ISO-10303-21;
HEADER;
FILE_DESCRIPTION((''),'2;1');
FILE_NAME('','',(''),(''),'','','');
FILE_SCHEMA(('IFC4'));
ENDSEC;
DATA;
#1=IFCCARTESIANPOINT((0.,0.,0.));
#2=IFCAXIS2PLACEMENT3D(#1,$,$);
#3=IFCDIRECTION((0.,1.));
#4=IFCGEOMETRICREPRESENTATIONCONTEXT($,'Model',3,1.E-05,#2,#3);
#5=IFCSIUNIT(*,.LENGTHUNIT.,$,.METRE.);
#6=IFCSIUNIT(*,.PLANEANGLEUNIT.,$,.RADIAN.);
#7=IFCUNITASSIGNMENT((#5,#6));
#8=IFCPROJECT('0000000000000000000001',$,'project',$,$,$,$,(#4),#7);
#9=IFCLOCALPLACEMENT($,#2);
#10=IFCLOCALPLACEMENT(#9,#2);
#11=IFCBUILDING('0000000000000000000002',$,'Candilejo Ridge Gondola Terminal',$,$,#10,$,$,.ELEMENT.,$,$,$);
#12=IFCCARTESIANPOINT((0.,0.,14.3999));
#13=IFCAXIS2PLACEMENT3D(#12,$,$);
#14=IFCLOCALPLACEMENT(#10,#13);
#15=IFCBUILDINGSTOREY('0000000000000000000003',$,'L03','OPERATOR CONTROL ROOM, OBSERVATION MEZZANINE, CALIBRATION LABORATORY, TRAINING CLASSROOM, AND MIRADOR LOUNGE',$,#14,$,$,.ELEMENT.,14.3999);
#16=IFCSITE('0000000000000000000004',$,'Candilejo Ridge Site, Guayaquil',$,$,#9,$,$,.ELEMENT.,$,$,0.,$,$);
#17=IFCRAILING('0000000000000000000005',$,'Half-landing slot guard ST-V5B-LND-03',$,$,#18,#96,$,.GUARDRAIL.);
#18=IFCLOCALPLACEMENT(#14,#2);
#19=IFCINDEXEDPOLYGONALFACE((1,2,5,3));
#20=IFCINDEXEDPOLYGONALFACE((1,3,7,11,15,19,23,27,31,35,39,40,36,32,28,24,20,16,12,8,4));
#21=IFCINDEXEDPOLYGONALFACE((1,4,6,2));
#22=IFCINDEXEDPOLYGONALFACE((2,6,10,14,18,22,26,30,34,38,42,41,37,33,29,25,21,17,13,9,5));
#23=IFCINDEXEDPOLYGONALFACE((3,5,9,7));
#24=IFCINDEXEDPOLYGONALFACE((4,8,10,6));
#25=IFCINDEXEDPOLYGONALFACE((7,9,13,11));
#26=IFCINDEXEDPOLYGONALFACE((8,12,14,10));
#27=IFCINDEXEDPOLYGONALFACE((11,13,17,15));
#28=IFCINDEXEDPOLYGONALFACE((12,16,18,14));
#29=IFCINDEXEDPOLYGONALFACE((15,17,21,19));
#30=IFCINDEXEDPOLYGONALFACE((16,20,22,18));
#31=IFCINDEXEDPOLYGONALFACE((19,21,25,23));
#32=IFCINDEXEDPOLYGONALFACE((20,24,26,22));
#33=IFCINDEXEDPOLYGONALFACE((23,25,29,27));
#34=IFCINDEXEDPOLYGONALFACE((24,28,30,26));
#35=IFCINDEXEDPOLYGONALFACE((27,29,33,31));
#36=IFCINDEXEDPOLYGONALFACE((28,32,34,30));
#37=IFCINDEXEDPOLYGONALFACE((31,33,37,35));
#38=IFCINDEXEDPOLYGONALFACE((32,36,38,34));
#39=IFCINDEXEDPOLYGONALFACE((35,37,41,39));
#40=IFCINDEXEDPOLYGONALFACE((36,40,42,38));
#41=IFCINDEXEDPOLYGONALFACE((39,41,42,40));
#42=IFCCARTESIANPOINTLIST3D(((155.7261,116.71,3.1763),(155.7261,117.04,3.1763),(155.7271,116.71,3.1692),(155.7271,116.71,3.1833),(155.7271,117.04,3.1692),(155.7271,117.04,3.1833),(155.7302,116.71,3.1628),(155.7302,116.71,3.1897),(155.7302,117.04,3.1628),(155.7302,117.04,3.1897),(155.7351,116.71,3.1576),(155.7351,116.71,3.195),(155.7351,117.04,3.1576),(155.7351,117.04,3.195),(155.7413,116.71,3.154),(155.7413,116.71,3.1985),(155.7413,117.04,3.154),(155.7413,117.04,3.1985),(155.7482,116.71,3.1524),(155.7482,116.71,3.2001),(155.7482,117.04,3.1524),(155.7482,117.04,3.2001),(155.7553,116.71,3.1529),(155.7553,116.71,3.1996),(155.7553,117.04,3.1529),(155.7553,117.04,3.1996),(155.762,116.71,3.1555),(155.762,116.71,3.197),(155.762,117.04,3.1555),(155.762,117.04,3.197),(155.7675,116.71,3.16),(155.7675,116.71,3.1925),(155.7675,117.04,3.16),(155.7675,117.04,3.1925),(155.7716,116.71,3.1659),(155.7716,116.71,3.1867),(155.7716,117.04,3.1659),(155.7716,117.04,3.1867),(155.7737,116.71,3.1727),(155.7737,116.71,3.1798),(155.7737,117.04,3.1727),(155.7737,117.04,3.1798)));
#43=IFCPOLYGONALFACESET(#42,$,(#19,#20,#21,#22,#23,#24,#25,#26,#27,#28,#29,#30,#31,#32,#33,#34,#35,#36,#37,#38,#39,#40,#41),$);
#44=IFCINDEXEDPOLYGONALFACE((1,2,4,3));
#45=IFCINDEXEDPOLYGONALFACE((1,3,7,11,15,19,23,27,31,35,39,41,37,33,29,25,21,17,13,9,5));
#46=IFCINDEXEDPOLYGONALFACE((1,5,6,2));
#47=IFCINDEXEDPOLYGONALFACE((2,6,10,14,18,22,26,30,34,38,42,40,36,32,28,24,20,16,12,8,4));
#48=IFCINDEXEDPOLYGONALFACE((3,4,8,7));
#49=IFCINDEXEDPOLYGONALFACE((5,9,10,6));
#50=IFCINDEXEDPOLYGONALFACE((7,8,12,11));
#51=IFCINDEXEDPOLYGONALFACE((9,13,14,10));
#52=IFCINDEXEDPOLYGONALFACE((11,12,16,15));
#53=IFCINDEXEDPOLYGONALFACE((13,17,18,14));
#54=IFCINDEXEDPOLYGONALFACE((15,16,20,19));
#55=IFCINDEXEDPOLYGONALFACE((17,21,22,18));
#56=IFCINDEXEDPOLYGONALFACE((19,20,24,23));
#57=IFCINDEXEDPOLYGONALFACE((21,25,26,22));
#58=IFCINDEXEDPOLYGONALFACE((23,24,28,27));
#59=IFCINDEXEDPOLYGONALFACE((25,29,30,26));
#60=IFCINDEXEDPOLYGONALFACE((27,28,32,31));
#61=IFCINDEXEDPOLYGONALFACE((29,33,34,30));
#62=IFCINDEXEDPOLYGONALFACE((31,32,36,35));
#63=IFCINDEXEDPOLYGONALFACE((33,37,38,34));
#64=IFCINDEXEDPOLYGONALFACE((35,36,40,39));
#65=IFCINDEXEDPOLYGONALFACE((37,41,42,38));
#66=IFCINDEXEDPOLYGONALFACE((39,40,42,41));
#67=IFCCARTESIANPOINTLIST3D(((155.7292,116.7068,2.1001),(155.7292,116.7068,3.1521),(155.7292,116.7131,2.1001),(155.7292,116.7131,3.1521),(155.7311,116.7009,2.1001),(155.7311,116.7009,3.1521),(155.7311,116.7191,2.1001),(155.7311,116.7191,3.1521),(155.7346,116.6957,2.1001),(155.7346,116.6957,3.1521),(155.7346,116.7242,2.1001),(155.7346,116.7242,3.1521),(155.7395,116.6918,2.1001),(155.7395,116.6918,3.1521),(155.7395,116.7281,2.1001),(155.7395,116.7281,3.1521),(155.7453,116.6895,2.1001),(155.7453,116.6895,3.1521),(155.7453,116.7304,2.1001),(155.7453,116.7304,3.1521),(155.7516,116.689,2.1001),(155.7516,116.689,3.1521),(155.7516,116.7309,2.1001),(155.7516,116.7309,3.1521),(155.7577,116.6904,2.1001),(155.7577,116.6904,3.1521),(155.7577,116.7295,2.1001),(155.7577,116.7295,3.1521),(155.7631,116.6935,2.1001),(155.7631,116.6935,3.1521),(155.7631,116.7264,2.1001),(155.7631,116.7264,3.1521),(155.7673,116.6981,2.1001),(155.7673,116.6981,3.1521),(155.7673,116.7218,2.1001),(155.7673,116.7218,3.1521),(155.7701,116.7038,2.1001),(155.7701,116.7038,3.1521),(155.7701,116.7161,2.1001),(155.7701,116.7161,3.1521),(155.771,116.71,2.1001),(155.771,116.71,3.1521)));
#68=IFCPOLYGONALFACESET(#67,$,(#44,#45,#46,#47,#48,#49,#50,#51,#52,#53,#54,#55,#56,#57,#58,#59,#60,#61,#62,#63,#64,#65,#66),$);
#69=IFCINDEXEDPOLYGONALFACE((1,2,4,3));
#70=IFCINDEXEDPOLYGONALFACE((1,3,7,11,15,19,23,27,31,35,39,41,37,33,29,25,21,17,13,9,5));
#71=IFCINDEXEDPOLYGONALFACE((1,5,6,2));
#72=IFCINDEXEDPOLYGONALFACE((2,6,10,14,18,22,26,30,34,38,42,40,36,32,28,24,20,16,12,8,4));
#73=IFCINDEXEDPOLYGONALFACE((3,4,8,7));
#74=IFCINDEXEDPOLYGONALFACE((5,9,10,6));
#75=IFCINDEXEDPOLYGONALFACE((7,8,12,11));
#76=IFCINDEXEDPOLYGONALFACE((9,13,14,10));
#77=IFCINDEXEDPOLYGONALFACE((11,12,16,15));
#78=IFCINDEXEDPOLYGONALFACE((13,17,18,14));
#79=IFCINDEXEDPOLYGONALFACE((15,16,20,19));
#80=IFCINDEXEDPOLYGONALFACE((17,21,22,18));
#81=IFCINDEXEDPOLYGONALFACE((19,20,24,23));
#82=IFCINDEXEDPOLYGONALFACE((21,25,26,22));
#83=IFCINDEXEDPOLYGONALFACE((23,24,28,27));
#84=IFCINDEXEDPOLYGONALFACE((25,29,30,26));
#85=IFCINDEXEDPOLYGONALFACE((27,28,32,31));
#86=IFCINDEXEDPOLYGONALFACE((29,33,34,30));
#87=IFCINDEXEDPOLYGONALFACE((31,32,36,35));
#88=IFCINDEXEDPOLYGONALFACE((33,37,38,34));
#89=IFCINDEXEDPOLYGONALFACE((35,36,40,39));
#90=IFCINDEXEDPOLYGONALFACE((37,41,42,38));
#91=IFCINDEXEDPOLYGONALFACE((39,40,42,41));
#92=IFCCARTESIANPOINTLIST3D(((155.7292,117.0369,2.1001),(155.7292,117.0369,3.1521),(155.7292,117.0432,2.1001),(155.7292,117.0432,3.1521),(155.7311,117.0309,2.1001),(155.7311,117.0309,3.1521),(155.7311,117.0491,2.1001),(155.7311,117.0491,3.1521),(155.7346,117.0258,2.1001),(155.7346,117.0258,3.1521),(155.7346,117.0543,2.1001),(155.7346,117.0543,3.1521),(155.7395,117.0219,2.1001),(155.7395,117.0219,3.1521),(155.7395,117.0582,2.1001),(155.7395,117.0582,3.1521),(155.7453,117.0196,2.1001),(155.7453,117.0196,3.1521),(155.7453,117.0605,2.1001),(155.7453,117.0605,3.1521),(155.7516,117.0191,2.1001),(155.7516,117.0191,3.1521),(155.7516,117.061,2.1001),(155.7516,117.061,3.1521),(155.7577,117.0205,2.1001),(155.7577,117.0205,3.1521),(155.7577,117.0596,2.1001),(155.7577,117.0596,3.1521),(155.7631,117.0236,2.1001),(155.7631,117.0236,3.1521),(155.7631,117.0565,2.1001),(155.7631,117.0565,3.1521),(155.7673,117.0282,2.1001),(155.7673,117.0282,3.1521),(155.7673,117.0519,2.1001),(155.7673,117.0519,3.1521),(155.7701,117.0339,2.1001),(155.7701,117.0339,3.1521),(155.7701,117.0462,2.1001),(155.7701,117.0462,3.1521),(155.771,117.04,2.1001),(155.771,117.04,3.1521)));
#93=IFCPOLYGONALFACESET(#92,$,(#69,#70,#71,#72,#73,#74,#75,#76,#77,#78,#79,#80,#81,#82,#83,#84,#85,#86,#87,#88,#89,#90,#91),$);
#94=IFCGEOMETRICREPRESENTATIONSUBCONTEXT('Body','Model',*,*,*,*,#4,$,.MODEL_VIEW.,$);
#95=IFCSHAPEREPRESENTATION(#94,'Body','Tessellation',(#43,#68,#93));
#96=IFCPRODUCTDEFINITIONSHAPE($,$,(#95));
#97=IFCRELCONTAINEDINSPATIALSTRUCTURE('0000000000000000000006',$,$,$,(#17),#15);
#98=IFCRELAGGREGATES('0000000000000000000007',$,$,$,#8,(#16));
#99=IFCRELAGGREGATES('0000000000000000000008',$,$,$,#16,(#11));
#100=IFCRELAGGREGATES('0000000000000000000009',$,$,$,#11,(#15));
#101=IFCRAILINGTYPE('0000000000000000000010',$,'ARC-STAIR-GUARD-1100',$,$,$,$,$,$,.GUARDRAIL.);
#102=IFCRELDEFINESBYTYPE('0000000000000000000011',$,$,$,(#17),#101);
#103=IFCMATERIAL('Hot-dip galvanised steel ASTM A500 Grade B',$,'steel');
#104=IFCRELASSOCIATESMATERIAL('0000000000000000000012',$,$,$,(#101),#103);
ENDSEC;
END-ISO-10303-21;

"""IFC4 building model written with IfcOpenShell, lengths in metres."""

from ifc_helpers import new_model, si_unit, direction, frame, origin, origin_2d, place, context, subcontext, project, spatial, circle, extrude, material, type_object, element, save


model = new_model("IFC4")

# Units and contexts
model_context = context("Model", 3, precision=1e-05, world=origin(), true_north=direction((0.0, 1.0)))
body_context = subcontext(model_context, "Body", "Model", "MODEL_VIEW")
ifc_project = project(units=[si_unit("LENGTHUNIT", "METRE"), si_unit("PLANEANGLEUNIT", "RADIAN")], contexts=[model_context])

# Site, building, storey
site_placement = place(None, origin())
site = spatial("IfcSite", under=ifc_project, at=site_placement, Name="Candilejo Ridge Site, Guayaquil", CompositionType="ELEMENT", RefElevation=0.0)
building_placement = place(site_placement, origin())
building = spatial("IfcBuilding", under=site, at=building_placement, Name="Candilejo Ridge Gondola Terminal", CompositionType="ELEMENT")
storey_placement = place(building_placement, frame((0.0, 0.0, 14.3999)))
storey = spatial("IfcBuildingStorey", under=building, at=storey_placement, Name="L03", Description="OPERATOR CONTROL ROOM, OBSERVATION MEZZANINE, CALIBRATION LABORATORY, TRAINING CLASSROOM, AND MIRADOR LOUNGE", CompositionType="ELEMENT", Elevation=14.3999)

# Railing
ifc_material_1 = material(Name="Hot-dip galvanised steel ASTM A500 Grade B", Category="steel")
railing_type_1 = type_object("IfcRailingType", Name="ARC-STAIR-GUARD-1100", PredefinedType="GUARDRAIL", material=ifc_material_1)
railing_1_placement = place(storey_placement, frame((155.75, 116.71, 2.1001)))
element("IfcRailing", 1, at=railing_1_placement, inside=storey, type_object=railing_type_1, Name="Half-landing slot guard ST-V5B-LND-03", PredefinedType="GUARDRAIL", context=body_context, shape_type="SweptSolid", body=[
    extrude(circle(Radius=0.0239, at=origin_2d()), frame((0.0, 0.0, 1.0762), z_axis=(0.0, 1.0, 0.0), x_axis=(-1.0, 0.0, 0.0)), (0.0, 0.0, 1.0), 0.3301),
    extrude(circle(Radius=0.021, at=origin_2d()), origin(), (0.0, 0.0, 1.0), 1.052),
    extrude(circle(Radius=0.021, at=origin_2d()), frame((0.0, 0.3301, 0.0)), (0.0, 0.0, 1.0), 1.052),
])

save(model, "model.ifc")
